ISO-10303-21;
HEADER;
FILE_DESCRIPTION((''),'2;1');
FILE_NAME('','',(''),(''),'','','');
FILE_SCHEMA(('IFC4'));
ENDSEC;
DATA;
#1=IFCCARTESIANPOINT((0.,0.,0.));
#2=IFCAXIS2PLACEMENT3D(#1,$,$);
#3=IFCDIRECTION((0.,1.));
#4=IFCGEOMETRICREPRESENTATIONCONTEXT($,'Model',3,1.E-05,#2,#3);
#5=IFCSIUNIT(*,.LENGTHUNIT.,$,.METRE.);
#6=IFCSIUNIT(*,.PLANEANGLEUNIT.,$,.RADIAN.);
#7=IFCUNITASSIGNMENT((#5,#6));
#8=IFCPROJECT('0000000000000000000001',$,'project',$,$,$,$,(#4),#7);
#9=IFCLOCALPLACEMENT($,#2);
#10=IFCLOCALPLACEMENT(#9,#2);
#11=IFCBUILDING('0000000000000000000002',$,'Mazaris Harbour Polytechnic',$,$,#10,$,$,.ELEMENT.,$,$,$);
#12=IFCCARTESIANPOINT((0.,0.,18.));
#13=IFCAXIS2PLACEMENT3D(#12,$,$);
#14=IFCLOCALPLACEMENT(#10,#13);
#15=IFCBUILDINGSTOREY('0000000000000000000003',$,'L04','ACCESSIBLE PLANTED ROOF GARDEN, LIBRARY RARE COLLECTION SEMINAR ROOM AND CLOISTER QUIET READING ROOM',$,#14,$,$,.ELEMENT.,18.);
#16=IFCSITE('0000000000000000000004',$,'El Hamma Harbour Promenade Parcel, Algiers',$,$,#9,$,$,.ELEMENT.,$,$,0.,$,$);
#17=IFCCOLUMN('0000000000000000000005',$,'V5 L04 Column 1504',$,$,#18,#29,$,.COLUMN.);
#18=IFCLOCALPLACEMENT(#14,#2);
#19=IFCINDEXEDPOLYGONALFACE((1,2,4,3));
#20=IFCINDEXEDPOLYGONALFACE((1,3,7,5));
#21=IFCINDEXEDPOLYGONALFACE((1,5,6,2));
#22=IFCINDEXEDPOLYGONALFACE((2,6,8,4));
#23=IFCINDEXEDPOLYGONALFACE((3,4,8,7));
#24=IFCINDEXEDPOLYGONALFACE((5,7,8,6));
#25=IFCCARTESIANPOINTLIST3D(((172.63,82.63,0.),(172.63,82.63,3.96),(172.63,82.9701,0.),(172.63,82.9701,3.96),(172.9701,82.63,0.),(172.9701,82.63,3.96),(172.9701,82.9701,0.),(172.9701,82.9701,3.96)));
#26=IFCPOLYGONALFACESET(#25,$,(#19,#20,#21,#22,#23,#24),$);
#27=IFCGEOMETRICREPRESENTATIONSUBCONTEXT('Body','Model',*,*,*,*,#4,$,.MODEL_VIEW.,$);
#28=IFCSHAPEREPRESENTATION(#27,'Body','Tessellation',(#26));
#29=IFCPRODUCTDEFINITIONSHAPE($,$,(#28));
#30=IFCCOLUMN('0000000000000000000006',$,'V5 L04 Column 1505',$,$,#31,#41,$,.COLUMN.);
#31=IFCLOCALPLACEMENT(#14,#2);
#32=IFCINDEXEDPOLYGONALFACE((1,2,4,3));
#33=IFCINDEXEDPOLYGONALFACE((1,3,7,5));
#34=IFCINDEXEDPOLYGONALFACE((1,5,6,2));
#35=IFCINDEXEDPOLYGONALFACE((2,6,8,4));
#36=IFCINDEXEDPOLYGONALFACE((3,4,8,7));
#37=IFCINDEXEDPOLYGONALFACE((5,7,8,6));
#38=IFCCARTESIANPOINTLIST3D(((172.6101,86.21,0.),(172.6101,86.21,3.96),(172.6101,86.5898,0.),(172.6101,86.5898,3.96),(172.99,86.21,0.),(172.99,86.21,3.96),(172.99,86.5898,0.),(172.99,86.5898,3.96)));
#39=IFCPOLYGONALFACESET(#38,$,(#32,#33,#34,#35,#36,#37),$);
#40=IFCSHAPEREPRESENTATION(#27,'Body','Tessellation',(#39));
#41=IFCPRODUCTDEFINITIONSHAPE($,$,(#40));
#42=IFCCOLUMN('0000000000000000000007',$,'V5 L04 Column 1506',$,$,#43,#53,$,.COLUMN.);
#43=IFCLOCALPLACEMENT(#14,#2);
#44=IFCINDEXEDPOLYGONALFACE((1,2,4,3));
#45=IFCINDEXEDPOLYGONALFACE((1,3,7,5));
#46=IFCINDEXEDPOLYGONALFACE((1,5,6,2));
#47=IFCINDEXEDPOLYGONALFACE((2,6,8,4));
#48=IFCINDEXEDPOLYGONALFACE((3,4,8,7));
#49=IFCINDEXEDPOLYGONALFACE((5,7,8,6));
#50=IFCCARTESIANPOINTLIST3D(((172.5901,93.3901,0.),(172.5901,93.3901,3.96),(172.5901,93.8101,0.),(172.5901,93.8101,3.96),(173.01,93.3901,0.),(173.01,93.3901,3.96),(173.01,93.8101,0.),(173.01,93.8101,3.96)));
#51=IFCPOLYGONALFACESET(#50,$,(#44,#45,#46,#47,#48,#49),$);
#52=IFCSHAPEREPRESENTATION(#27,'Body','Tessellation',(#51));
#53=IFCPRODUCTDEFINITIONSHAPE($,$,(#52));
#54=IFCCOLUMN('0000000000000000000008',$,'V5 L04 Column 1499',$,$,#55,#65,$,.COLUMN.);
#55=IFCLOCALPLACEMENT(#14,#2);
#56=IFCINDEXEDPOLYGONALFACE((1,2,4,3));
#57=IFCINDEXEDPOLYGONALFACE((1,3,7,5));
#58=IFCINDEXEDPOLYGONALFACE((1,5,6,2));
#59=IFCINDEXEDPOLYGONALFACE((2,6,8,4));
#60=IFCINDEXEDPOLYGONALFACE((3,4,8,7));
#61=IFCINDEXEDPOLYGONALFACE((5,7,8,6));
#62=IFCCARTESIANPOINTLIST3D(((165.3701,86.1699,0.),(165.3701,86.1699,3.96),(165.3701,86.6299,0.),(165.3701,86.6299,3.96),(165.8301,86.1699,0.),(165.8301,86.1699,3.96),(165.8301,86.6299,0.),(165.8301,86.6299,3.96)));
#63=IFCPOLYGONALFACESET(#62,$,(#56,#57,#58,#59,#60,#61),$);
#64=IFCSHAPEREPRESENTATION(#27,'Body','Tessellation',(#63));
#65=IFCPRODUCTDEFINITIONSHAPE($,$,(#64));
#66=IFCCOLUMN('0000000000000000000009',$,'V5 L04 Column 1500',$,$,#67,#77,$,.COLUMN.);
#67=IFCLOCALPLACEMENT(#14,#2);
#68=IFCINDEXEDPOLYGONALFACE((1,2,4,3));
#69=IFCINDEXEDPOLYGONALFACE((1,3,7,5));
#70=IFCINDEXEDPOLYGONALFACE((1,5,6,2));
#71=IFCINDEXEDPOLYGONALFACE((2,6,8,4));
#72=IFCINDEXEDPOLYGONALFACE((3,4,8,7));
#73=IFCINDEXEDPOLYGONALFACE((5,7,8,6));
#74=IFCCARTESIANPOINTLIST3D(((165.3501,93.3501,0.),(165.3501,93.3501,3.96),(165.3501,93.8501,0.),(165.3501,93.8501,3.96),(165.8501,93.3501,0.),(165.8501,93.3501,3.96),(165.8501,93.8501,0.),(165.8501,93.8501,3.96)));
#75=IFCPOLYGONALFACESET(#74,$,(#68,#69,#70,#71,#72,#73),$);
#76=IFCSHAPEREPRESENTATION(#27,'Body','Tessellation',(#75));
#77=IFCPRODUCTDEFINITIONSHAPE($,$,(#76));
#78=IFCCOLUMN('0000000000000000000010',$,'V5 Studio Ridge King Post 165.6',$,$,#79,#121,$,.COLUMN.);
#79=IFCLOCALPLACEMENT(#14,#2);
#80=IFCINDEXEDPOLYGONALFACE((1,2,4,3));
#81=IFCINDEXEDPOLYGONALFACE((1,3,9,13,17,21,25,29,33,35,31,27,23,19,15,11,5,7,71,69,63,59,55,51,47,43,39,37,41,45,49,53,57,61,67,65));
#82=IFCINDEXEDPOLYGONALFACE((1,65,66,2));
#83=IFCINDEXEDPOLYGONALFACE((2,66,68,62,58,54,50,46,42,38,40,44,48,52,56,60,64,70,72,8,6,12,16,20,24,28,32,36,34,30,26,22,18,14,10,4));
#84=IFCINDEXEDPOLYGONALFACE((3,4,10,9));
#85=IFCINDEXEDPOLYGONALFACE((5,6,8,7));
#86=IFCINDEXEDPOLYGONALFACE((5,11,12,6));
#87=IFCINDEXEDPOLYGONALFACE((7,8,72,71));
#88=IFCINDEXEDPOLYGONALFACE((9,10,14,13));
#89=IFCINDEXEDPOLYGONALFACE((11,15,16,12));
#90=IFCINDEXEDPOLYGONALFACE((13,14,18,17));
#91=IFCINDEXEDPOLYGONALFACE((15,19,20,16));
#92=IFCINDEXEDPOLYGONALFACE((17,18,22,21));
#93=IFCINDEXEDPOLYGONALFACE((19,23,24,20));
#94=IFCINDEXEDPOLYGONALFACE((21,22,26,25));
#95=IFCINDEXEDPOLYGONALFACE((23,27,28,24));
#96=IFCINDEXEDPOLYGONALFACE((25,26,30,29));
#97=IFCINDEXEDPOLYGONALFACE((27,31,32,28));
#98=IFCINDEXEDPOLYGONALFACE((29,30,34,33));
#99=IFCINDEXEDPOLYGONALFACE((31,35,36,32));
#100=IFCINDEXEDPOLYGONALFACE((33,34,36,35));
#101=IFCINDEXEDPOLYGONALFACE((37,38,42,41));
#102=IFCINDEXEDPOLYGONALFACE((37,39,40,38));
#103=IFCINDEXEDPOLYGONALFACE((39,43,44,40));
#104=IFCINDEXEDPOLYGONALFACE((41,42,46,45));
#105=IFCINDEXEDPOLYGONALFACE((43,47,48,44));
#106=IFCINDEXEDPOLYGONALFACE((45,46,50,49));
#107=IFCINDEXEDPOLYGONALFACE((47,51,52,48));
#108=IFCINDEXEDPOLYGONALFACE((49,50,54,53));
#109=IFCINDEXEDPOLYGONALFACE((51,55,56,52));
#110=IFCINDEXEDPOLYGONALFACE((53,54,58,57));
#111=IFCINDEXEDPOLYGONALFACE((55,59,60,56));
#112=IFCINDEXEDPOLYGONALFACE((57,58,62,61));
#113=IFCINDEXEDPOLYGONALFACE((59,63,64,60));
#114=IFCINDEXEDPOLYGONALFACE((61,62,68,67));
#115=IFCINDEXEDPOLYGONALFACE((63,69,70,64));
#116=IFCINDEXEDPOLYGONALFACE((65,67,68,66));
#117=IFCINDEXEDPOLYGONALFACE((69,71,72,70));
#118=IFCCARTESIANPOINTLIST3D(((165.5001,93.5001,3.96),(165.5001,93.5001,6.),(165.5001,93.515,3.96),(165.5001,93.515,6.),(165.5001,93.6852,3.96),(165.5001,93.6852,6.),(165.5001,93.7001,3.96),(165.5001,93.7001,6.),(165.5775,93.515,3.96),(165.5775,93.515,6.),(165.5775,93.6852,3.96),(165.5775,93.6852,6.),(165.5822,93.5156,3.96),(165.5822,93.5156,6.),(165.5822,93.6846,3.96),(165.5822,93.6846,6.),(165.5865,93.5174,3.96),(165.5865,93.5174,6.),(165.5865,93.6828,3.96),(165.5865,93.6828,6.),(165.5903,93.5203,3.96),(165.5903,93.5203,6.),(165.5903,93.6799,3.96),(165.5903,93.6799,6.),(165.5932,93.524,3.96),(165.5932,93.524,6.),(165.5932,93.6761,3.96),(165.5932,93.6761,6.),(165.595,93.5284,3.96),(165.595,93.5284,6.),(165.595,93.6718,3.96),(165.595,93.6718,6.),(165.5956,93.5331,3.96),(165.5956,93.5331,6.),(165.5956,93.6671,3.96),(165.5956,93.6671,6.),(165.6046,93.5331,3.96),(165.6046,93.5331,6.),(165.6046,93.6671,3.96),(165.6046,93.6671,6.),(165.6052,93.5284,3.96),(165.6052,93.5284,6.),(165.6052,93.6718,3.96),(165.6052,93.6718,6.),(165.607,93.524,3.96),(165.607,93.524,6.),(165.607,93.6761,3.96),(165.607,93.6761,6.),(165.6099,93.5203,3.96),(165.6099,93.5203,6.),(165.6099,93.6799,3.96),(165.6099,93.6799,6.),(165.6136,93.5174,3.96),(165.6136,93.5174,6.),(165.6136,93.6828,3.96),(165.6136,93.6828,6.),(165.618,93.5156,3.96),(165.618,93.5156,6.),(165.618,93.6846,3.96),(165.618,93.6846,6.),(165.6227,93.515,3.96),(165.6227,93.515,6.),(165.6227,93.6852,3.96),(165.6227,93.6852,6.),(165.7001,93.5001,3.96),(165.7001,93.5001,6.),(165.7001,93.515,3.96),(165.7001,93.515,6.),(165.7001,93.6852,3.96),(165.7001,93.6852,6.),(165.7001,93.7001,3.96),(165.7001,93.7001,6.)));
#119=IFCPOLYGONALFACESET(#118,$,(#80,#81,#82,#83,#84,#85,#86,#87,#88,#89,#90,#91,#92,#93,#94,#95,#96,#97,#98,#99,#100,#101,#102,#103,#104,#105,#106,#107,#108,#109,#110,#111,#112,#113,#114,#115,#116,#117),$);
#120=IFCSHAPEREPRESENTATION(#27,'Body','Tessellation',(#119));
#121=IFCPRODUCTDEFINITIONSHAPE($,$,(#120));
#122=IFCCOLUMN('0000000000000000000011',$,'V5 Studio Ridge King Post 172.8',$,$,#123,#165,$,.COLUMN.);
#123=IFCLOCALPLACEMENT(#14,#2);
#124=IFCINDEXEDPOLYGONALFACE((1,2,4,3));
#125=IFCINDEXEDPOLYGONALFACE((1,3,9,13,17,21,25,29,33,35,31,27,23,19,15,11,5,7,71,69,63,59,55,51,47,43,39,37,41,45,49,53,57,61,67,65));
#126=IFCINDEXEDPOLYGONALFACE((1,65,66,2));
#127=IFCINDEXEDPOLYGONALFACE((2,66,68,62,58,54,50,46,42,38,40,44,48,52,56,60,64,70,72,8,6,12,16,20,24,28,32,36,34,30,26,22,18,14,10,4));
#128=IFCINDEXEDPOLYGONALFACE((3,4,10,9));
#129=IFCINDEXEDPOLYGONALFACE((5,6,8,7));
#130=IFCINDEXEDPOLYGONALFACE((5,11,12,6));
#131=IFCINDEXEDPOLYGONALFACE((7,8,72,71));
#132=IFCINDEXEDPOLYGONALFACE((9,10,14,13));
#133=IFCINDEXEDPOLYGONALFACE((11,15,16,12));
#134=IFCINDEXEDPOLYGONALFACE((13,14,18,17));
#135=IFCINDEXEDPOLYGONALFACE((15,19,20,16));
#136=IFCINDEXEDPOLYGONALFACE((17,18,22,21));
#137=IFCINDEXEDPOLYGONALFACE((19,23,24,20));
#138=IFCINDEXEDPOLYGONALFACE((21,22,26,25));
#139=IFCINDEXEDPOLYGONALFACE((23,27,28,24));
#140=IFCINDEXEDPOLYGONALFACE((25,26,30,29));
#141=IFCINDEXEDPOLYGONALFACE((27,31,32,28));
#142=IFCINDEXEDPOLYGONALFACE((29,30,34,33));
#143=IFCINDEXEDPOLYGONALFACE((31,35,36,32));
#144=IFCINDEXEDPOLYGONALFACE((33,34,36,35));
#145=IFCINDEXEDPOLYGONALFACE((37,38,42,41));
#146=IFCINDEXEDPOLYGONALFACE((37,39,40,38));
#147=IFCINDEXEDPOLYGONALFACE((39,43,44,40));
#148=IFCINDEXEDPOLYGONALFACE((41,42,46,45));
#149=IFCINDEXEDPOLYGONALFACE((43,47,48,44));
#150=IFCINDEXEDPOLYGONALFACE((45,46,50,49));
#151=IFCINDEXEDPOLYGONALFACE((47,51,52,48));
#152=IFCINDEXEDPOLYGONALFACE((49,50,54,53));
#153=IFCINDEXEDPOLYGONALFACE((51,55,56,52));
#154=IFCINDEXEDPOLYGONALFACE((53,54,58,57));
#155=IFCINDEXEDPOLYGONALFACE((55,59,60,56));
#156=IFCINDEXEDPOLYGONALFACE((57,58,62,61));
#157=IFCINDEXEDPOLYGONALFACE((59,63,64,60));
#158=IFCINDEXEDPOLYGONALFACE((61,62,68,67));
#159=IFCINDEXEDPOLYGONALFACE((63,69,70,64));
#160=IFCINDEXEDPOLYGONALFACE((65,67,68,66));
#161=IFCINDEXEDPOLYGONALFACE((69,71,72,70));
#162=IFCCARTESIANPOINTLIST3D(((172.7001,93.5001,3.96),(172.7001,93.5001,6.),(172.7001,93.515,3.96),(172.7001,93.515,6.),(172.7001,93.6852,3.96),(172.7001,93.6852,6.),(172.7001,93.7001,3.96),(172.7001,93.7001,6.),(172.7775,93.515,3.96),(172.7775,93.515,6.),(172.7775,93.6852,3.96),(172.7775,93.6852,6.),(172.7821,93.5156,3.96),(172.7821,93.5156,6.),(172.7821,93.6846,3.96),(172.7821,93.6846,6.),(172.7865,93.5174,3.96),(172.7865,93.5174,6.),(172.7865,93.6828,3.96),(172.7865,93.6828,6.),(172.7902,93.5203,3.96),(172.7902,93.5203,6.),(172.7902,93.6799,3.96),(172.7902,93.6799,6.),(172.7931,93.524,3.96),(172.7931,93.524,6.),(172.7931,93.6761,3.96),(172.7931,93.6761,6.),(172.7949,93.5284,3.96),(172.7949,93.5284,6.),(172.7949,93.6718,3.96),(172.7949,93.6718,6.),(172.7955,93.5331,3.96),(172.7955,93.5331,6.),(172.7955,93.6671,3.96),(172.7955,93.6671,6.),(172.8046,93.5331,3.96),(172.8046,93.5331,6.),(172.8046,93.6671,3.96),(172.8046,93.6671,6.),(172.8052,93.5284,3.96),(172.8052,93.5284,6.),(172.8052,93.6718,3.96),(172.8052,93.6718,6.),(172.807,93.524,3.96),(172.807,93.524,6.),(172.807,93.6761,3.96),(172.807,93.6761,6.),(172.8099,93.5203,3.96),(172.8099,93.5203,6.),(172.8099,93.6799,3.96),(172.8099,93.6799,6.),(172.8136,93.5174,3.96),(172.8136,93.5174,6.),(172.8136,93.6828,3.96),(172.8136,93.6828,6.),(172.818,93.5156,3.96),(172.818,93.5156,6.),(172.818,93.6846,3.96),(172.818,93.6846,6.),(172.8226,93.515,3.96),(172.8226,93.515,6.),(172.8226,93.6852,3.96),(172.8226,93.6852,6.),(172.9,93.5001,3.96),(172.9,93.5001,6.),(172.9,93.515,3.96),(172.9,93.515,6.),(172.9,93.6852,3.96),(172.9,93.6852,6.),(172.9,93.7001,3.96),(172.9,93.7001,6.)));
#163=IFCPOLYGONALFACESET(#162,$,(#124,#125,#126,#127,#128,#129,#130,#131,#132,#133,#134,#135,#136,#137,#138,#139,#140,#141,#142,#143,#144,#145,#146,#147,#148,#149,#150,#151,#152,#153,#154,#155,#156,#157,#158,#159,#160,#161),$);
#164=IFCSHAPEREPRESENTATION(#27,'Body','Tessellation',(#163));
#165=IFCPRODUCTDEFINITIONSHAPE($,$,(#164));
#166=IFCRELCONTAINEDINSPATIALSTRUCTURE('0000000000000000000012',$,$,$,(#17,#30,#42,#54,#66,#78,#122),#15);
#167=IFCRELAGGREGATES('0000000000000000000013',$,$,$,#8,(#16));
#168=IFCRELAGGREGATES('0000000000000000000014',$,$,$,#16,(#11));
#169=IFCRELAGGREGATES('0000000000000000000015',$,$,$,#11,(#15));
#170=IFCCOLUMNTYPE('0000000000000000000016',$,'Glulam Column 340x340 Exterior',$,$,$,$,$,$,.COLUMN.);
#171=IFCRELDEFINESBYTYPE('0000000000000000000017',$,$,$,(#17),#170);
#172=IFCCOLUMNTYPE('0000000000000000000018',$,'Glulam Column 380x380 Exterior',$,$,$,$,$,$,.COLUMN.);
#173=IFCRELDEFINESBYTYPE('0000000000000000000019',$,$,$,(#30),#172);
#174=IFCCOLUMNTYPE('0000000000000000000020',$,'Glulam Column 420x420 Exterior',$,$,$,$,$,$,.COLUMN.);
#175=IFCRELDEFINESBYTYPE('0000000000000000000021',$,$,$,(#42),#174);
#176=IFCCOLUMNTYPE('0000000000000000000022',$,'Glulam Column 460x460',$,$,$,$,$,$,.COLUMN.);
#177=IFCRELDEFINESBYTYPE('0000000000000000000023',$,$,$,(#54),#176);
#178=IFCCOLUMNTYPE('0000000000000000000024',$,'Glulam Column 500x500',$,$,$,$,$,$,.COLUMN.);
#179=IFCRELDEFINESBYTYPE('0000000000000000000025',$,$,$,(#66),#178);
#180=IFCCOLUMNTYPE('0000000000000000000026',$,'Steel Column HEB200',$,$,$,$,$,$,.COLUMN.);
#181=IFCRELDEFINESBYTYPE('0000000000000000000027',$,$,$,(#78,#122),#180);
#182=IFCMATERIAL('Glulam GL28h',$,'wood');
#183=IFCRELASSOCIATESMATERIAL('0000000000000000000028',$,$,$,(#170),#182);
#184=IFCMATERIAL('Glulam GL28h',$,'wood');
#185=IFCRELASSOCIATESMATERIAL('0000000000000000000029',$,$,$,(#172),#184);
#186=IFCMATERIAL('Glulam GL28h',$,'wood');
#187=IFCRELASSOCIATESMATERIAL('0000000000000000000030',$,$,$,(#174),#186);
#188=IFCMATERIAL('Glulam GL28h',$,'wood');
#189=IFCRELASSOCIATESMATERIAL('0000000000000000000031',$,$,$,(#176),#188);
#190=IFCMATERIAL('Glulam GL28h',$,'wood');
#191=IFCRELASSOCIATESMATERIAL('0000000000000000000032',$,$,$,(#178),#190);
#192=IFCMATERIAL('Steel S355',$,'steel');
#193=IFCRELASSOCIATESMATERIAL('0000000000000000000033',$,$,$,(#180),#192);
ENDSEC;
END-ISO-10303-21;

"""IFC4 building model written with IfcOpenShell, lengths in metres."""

from ifc_helpers import new_model, si_unit, direction, frame, origin, origin_2d, place, context, subcontext, project, spatial, rectangle, i_section, extrude, material, material_profile, profile_set, type_object, element, save


model = new_model("IFC4")

# Units and contexts
model_context = context("Model", 3, precision=1e-05, world=origin(), true_north=direction((0.0, 1.0)))
body_context = subcontext(model_context, "Body", "Model", "MODEL_VIEW")
ifc_project = project(units=[si_unit("LENGTHUNIT", "METRE"), si_unit("PLANEANGLEUNIT", "RADIAN")], contexts=[model_context])

# Site, building, storey
site_placement = place(None, origin())
site = spatial("IfcSite", under=ifc_project, at=site_placement, Name="El Hamma Harbour Promenade Parcel, Algiers", CompositionType="ELEMENT", RefElevation=0.0)
building_placement = place(site_placement, origin())
building = spatial("IfcBuilding", under=site, at=building_placement, Name="Mazaris Harbour Polytechnic", CompositionType="ELEMENT")
storey_placement = place(building_placement, frame((0.0, 0.0, 18.0)))
storey = spatial("IfcBuildingStorey", under=building, at=storey_placement, Name="L04", Description="ACCESSIBLE PLANTED ROOF GARDEN, LIBRARY RARE COLLECTION SEMINAR ROOM AND CLOISTER QUIET READING ROOM", CompositionType="ELEMENT", Elevation=18.0)

# Columns
ifc_material_1 = material(Name="Glulam GL28h", Category="wood")
ifc_material_profile_1 = material_profile(ifc_material_1, rectangle(XDim=0.3401, YDim=0.3401, at=origin_2d()), Name="RECT340x340")
ifc_profile_set_1 = profile_set([ifc_material_profile_1], Name="Glulam GL28h")
column_type_1 = type_object("IfcColumnType", Name="Glulam Column 340x340 Exterior", PredefinedType="COLUMN", material=ifc_profile_set_1)
column_1_placement = place(storey_placement, frame((172.8, 82.8, 0.0), z_axis=(0.0, 0.0, 1.0), x_axis=(1.0, 0.0, 0.0)))
element("IfcColumn", 1, at=column_1_placement, inside=storey, type_object=column_type_1, Name="V5 L04 Column 1504", PredefinedType="COLUMN", context=body_context, shape_type="SweptSolid", body=[
    extrude(rectangle(XDim=0.3401, YDim=0.3401, at=origin_2d()), origin(), (0.0, 0.0, 1.0), 3.96),
])
ifc_material_2 = material(Name="Glulam GL28h", Category="wood")
ifc_material_profile_2 = material_profile(ifc_material_2, rectangle(XDim=0.3799, YDim=0.3799, at=origin_2d()), Name="RECT380x380")
ifc_profile_set_2 = profile_set([ifc_material_profile_2], Name="Glulam GL28h")
column_type_2 = type_object("IfcColumnType", Name="Glulam Column 380x380 Exterior", PredefinedType="COLUMN", material=ifc_profile_set_2)
column_2_placement = place(storey_placement, frame((172.8, 86.3999, 0.0), z_axis=(0.0, 0.0, 1.0), x_axis=(1.0, 0.0, 0.0)))
element("IfcColumn", 2, at=column_2_placement, inside=storey, type_object=column_type_2, Name="V5 L04 Column 1505", PredefinedType="COLUMN", context=body_context, shape_type="SweptSolid", body=[
    extrude(rectangle(XDim=0.3799, YDim=0.3799, at=origin_2d()), origin(), (0.0, 0.0, 1.0), 3.96),
])
ifc_material_3 = material(Name="Glulam GL28h", Category="wood")
ifc_material_profile_3 = material_profile(ifc_material_3, rectangle(XDim=0.4199, YDim=0.4199, at=origin_2d()), Name="RECT420x420")
ifc_profile_set_3 = profile_set([ifc_material_profile_3], Name="Glulam GL28h")
column_type_3 = type_object("IfcColumnType", Name="Glulam Column 420x420 Exterior", PredefinedType="COLUMN", material=ifc_profile_set_3)
column_3_placement = place(storey_placement, frame((172.8, 93.6001, 0.0), z_axis=(0.0, 0.0, 1.0), x_axis=(1.0, 0.0, 0.0)))
element("IfcColumn", 3, at=column_3_placement, inside=storey, type_object=column_type_3, Name="V5 L04 Column 1506", PredefinedType="COLUMN", context=body_context, shape_type="SweptSolid", body=[
    extrude(rectangle(XDim=0.4199, YDim=0.4199, at=origin_2d()), origin(), (0.0, 0.0, 1.0), 3.96),
])
ifc_material_4 = material(Name="Glulam GL28h", Category="wood")
ifc_material_profile_4 = material_profile(ifc_material_4, rectangle(XDim=0.46, YDim=0.46, at=origin_2d()), Name="RECT460x460")
ifc_profile_set_4 = profile_set([ifc_material_profile_4], Name="Glulam GL28h")
column_type_4 = type_object("IfcColumnType", Name="Glulam Column 460x460", PredefinedType="COLUMN", material=ifc_profile_set_4)
column_4_placement = place(storey_placement, frame((165.6001, 86.3999, 0.0), z_axis=(0.0, 0.0, 1.0), x_axis=(1.0, 0.0, 0.0)))
element("IfcColumn", 4, at=column_4_placement, inside=storey, type_object=column_type_4, Name="V5 L04 Column 1499", PredefinedType="COLUMN", context=body_context, shape_type="SweptSolid", body=[
    extrude(rectangle(XDim=0.46, YDim=0.46, at=origin_2d()), origin(), (0.0, 0.0, 1.0), 3.96),
])
ifc_material_5 = material(Name="Glulam GL28h", Category="wood")
ifc_material_profile_5 = material_profile(ifc_material_5, rectangle(XDim=0.5, YDim=0.5, at=origin_2d()), Name="RECT500x500")
ifc_profile_set_5 = profile_set([ifc_material_profile_5], Name="Glulam GL28h")
column_type_5 = type_object("IfcColumnType", Name="Glulam Column 500x500", PredefinedType="COLUMN", material=ifc_profile_set_5)
column_5_placement = place(storey_placement, frame((165.6001, 93.6001, 0.0), z_axis=(0.0, 0.0, 1.0), x_axis=(1.0, 0.0, 0.0)))
element("IfcColumn", 5, at=column_5_placement, inside=storey, type_object=column_type_5, Name="V5 L04 Column 1500", PredefinedType="COLUMN", context=body_context, shape_type="SweptSolid", body=[
    extrude(rectangle(XDim=0.5, YDim=0.5, at=origin_2d()), origin(), (0.0, 0.0, 1.0), 3.96),
])
ifc_material_6 = material(Name="Steel S355", Category="steel")
ifc_material_profile_6 = material_profile(ifc_material_6, i_section(OverallWidth=0.2, OverallDepth=0.2, WebThickness=0.009, FlangeThickness=0.0149, FilletRadius=0.0181, at=origin_2d()), Name="HEB 200")
ifc_profile_set_6 = profile_set([ifc_material_profile_6], Name="Steel S355")
column_type_6 = type_object("IfcColumnType", Name="Steel Column HEB200", PredefinedType="COLUMN", material=ifc_profile_set_6)
for number, where, z_axis, x_axis, name in (
    (6, (165.6001, 93.6001, 3.96), (0.0, 0.0, 1.0), (1.0, 0.0, 0.0), "V5 Studio Ridge King Post 165.6"),
    (7, (172.8, 93.6001, 3.96), (0.0, 0.0, 1.0), (1.0, 0.0, 0.0), "V5 Studio Ridge King Post 172.8"),
):
    element("IfcColumn", number, at=place(storey_placement, frame(where, z_axis=z_axis, x_axis=x_axis)), inside=storey, type_object=column_type_6, Name=name, PredefinedType="COLUMN", context=body_context, shape_type="SweptSolid", body=[
        extrude(i_section(OverallWidth=0.2, OverallDepth=0.2, WebThickness=0.009, FlangeThickness=0.0149, FilletRadius=0.0181, at=origin_2d()), origin(), (0.0, 0.0, 1.0), 2.04),
    ])

save(model, "model.ifc")
